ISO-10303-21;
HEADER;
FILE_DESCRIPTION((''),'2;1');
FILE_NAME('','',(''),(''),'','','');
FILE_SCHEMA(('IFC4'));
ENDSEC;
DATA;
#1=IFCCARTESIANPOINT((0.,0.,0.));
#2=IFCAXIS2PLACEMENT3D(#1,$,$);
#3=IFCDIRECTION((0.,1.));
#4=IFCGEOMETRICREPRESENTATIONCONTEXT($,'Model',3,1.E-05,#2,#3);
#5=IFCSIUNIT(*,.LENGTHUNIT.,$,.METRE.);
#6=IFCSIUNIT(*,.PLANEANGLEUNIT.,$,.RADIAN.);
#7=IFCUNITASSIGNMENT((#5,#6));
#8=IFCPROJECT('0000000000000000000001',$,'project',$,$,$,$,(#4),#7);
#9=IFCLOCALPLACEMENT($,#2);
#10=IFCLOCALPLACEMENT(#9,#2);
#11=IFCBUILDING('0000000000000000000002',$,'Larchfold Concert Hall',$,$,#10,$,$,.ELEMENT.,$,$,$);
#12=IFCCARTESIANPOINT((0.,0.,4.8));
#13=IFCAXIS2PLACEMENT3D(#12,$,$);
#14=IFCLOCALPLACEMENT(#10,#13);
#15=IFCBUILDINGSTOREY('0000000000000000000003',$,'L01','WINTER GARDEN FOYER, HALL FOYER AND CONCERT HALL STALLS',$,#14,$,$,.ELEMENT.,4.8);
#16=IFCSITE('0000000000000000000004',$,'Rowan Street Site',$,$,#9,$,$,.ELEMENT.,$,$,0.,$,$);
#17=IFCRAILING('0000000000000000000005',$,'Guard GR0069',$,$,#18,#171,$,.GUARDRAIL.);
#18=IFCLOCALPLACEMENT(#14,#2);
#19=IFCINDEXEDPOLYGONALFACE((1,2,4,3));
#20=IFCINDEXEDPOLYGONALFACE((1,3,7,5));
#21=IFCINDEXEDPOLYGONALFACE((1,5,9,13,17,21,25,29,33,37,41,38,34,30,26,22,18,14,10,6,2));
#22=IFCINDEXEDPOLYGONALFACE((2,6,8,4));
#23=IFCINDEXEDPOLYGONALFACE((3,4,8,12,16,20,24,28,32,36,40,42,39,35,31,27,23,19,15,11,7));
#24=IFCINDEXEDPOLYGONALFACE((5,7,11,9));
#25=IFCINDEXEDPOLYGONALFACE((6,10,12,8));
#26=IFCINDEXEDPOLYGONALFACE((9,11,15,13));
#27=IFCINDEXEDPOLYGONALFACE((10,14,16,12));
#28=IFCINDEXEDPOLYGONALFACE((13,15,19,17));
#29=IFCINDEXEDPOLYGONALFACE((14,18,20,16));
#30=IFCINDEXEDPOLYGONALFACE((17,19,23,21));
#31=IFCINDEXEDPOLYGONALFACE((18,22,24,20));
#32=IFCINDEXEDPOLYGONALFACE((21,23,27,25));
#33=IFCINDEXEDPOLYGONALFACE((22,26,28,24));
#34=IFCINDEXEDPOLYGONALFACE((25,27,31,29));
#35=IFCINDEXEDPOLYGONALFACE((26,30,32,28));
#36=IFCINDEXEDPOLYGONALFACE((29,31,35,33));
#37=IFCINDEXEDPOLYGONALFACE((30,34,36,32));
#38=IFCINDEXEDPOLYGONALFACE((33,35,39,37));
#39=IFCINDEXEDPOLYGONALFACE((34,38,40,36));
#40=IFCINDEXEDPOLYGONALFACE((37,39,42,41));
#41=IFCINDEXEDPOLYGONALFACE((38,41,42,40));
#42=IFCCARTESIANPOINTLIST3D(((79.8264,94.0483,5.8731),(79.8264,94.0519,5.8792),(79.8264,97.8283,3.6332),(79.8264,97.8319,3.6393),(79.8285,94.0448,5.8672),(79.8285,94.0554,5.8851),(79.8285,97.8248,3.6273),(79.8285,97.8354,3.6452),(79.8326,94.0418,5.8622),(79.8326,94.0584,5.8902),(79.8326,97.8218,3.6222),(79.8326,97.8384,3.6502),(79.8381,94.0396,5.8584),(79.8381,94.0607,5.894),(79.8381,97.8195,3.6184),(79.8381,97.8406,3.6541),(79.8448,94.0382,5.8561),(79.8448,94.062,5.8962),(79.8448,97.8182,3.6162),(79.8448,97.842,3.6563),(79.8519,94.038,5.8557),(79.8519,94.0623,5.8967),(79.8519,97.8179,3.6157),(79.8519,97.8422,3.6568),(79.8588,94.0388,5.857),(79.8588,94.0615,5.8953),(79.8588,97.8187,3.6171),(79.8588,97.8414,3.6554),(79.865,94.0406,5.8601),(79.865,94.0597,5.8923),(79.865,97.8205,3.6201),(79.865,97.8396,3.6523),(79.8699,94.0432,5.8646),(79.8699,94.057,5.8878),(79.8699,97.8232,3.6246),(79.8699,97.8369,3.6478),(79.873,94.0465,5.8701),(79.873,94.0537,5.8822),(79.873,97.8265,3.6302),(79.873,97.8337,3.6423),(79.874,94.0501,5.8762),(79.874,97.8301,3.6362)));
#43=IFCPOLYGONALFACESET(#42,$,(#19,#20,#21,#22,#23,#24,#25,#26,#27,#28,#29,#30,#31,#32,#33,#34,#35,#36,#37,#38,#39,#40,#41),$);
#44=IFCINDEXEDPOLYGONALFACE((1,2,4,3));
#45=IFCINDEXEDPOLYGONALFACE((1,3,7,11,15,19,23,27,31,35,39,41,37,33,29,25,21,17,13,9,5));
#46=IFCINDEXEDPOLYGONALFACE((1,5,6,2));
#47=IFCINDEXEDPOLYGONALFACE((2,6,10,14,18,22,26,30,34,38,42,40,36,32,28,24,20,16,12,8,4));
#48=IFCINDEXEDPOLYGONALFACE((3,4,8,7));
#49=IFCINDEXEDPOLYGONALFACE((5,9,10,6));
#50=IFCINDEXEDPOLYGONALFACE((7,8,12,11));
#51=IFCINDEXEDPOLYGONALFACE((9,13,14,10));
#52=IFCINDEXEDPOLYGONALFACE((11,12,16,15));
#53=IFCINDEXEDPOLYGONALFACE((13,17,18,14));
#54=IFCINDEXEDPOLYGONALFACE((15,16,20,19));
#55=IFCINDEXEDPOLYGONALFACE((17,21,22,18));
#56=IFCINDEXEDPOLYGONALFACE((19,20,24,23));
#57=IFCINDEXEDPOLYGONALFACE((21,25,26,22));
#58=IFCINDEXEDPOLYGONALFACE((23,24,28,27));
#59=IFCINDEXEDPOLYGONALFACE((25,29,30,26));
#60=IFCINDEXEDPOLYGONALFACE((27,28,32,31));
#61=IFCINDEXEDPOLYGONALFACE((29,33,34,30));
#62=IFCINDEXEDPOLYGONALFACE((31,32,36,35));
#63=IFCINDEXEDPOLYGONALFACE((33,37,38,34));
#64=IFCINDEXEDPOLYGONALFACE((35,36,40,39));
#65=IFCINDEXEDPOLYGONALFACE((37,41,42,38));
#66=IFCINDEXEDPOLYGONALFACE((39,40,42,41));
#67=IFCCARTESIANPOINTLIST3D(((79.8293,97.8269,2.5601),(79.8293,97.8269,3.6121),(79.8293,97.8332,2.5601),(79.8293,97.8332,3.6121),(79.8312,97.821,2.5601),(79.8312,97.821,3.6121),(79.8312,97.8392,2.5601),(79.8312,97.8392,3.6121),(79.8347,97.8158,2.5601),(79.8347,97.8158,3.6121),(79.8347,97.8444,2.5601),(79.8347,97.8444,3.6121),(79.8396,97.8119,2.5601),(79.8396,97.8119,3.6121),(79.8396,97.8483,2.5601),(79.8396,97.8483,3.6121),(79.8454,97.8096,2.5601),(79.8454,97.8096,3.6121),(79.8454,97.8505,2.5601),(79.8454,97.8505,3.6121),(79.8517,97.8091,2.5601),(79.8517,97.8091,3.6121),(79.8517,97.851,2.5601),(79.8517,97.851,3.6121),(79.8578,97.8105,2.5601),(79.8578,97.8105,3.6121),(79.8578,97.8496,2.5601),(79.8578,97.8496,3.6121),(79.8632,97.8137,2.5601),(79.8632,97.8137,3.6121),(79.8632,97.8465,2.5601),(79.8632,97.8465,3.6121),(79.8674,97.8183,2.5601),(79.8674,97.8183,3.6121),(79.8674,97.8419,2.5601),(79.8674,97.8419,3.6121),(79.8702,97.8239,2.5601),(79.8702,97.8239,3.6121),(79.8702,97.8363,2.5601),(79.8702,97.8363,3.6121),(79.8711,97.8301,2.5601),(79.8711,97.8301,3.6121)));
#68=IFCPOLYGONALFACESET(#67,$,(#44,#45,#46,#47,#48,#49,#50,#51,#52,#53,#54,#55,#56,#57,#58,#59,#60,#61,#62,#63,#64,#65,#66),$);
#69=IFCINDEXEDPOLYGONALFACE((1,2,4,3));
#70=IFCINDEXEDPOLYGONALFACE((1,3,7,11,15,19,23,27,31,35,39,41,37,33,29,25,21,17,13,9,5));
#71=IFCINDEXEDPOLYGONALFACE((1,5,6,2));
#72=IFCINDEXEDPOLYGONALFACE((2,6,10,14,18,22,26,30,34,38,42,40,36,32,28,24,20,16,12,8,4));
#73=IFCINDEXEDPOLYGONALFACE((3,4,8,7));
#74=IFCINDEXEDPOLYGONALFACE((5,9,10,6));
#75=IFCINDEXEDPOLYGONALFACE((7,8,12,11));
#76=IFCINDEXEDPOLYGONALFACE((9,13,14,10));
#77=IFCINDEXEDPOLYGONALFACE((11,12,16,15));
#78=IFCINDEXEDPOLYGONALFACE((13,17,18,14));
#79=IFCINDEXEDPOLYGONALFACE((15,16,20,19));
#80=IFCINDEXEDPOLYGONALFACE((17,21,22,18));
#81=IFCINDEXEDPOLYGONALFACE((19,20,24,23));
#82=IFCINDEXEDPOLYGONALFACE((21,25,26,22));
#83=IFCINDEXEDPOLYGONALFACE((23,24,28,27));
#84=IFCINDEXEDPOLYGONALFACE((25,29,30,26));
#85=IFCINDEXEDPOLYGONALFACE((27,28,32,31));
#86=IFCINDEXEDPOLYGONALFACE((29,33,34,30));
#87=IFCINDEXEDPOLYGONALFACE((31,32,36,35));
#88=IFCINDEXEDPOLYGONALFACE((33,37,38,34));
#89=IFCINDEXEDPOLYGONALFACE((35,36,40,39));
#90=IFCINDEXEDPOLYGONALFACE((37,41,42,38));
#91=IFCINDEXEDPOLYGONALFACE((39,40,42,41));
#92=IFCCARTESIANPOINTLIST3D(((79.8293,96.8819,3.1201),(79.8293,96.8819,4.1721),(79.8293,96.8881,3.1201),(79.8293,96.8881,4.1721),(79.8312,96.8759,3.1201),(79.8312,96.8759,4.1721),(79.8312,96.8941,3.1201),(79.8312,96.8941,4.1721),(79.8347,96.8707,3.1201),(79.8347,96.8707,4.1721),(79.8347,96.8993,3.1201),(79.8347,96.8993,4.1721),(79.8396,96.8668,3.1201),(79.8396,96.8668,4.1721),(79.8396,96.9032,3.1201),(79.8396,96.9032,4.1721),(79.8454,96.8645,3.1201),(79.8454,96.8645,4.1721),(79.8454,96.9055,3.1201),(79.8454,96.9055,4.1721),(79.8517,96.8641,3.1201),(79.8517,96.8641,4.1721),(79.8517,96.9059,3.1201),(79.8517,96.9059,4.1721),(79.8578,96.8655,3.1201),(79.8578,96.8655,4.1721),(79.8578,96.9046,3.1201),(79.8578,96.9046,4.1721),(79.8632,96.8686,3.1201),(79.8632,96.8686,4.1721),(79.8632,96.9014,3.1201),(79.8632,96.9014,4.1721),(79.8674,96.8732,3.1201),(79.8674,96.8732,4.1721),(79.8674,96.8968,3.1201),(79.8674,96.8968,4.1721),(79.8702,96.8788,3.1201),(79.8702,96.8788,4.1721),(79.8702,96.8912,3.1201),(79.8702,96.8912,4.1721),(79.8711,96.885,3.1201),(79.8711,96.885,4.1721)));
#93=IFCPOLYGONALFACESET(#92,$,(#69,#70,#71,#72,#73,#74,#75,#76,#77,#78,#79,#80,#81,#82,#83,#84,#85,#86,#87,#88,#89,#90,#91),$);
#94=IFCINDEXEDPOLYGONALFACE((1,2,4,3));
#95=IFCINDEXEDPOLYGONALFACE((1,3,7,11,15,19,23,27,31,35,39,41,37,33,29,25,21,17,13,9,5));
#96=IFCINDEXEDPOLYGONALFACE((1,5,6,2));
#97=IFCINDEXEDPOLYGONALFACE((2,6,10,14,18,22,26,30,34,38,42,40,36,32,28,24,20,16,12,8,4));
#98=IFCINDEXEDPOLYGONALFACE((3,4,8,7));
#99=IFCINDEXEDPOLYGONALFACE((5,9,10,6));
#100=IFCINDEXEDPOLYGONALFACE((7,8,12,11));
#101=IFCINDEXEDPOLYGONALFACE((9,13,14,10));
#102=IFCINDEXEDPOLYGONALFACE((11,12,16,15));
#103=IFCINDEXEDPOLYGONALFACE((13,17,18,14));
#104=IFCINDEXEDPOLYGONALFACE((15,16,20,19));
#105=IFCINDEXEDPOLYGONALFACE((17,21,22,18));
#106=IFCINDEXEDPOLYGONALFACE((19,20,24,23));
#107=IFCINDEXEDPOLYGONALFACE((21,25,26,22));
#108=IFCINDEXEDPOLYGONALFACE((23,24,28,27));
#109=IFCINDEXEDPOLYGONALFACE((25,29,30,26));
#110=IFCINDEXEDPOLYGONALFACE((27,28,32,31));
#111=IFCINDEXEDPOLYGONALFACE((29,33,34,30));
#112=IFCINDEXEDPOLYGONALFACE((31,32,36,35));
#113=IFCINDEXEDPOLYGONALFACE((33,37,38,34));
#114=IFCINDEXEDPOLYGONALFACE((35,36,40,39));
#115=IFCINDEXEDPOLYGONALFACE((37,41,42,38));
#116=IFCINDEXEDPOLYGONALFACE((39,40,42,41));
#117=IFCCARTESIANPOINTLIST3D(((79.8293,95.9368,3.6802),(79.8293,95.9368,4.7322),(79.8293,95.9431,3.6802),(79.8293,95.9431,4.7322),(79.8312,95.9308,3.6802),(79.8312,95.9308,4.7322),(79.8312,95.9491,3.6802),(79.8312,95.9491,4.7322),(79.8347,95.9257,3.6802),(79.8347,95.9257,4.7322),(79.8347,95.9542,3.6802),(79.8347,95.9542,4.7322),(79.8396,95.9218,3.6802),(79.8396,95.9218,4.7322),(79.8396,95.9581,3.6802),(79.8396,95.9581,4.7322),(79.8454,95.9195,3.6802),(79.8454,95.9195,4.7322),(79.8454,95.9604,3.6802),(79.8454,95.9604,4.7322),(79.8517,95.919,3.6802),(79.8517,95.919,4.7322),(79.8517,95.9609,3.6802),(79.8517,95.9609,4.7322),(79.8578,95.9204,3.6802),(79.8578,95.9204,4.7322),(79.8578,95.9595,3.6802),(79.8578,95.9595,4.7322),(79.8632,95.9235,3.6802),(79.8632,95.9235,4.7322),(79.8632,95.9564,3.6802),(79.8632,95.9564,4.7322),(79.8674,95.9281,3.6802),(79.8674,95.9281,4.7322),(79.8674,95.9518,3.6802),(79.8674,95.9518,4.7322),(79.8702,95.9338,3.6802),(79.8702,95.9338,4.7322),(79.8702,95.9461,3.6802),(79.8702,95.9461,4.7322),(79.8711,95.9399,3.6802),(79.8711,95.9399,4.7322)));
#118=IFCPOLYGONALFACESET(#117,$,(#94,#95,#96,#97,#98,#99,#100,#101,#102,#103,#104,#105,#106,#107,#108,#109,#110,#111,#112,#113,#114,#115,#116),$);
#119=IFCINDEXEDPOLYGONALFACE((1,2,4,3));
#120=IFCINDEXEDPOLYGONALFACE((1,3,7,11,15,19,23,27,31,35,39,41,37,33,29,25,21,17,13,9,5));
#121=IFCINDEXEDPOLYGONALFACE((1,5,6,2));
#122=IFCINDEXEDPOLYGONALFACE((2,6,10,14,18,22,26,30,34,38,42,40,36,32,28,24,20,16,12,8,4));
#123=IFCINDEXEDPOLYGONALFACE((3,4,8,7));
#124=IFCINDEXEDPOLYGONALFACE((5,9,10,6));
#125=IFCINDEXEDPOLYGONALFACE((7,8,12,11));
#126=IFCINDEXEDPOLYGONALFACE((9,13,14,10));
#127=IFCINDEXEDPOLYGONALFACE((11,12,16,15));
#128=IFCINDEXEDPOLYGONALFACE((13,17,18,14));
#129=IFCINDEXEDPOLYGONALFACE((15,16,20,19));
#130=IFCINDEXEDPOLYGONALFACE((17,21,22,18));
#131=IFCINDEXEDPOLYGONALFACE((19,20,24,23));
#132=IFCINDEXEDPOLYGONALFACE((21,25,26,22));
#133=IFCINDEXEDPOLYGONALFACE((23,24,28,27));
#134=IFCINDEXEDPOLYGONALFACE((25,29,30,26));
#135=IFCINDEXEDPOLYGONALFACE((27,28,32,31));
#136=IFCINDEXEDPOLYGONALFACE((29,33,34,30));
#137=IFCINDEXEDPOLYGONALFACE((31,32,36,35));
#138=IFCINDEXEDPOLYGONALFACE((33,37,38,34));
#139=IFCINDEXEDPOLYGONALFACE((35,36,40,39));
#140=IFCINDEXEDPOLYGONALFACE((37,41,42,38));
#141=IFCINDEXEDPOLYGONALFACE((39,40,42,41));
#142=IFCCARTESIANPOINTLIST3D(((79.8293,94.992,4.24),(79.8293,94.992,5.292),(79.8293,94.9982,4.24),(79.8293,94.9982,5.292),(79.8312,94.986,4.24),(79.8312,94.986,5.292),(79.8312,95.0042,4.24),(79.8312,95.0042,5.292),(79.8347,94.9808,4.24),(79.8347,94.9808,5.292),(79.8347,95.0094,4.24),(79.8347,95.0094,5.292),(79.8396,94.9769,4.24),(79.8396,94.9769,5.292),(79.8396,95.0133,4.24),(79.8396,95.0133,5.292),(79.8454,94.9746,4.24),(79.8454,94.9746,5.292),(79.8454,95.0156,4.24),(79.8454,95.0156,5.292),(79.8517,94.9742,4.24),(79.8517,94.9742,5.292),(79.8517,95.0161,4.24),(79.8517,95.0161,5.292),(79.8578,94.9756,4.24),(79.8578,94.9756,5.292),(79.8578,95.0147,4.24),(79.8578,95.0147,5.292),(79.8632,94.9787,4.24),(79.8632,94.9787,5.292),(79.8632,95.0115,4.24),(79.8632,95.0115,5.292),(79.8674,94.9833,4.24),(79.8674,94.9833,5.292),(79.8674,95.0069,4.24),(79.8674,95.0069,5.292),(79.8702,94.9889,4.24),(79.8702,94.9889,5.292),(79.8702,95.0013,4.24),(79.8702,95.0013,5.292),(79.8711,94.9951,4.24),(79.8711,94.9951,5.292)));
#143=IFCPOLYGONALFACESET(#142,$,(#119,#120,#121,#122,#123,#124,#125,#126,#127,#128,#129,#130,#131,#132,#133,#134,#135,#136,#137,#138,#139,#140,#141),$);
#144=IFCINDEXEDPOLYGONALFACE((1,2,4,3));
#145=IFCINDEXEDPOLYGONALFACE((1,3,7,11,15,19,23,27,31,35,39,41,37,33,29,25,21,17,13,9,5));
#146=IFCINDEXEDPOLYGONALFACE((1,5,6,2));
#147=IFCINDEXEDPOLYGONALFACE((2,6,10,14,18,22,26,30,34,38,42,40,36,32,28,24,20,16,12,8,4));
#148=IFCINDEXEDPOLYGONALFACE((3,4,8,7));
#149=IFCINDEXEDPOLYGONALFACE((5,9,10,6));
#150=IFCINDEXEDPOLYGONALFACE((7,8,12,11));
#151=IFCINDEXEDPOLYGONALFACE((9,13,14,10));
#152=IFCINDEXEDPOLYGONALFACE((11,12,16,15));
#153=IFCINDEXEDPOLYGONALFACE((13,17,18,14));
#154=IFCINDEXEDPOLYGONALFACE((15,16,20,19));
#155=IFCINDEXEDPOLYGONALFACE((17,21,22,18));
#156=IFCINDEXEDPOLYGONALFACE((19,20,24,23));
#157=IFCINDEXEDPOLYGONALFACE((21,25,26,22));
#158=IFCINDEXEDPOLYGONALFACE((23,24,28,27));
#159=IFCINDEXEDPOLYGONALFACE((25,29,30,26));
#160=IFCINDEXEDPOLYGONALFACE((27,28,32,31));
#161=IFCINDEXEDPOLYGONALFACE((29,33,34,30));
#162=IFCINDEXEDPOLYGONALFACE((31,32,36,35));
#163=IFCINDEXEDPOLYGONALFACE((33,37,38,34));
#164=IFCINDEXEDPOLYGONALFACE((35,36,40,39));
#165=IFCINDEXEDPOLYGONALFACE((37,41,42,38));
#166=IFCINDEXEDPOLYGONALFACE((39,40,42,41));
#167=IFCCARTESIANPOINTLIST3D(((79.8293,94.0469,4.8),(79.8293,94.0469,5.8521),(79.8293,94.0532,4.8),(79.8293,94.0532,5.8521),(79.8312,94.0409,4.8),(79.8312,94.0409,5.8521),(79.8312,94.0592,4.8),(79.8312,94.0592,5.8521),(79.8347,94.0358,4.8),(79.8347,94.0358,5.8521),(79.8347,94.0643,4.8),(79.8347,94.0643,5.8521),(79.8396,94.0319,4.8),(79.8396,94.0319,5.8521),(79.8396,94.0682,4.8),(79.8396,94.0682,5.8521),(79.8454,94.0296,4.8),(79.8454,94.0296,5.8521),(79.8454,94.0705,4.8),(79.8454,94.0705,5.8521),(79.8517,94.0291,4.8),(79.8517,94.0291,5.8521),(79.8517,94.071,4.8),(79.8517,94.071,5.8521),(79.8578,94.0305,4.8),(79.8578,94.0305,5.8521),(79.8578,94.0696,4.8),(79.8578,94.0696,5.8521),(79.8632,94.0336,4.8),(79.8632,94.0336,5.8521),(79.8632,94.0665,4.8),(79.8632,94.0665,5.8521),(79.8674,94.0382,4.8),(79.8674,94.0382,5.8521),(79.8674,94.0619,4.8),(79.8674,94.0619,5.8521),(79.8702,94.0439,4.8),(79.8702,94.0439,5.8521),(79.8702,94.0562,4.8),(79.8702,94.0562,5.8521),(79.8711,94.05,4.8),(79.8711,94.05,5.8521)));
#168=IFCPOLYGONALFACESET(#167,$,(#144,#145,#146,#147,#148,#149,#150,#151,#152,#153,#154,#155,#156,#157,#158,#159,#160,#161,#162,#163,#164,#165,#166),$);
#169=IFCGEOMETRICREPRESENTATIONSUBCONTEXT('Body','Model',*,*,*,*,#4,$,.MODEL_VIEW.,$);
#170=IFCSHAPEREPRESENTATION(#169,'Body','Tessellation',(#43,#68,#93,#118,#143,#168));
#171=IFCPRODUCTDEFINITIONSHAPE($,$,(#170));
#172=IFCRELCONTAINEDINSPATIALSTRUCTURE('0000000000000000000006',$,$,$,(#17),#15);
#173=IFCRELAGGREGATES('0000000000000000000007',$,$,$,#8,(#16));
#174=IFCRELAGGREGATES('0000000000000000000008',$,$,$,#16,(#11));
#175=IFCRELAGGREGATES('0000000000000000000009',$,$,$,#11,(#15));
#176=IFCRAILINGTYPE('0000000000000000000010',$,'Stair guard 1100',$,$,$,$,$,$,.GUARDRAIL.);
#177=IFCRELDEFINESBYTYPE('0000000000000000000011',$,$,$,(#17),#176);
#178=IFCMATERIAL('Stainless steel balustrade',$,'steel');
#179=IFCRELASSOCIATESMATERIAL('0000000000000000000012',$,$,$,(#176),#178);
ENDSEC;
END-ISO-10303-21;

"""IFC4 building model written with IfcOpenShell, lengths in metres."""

from ifc_helpers import new_model, si_unit, direction, frame, origin, origin_2d, place, context, subcontext, project, spatial, circle, extrude, material, type_object, element, save


model = new_model("IFC4")

# Units and contexts
model_context = context("Model", 3, precision=1e-05, world=origin(), true_north=direction((0.0, 1.0)))
body_context = subcontext(model_context, "Body", "Model", "MODEL_VIEW")
ifc_project = project(units=[si_unit("LENGTHUNIT", "METRE"), si_unit("PLANEANGLEUNIT", "RADIAN")], contexts=[model_context])

# Site, building, storey
site_placement = place(None, origin())
site = spatial("IfcSite", under=ifc_project, at=site_placement, Name="Rowan Street Site", CompositionType="ELEMENT", RefElevation=0.0)
building_placement = place(site_placement, origin())
building = spatial("IfcBuilding", under=site, at=building_placement, Name="Larchfold Concert Hall", CompositionType="ELEMENT")
storey_placement = place(building_placement, frame((0.0, 0.0, 4.8)))
storey = spatial("IfcBuildingStorey", under=building, at=storey_placement, Name="L01", Description="WINTER GARDEN FOYER, HALL FOYER AND CONCERT HALL STALLS", CompositionType="ELEMENT", Elevation=4.8)

# Railing
ifc_material_1 = material(Name="Stainless steel balustrade", Category="steel")
railing_type_1 = type_object("IfcRailingType", Name="Stair guard 1100", PredefinedType="GUARDRAIL", material=ifc_material_1)
railing_1_placement = place(storey_placement, frame((79.8501, 97.8301, 2.5601)))
element("IfcRailing", 1, at=railing_1_placement, inside=storey, type_object=railing_type_1, Name="Guard GR0069", PredefinedType="GUARDRAIL", context=body_context, shape_type="SweptSolid", body=[
    extrude(circle(Radius=0.0239, at=origin_2d()), frame((0.0, 0.0, 1.0762), z_axis=(0.0, -0.860294, 0.509798), x_axis=(1.0, 0.0, 0.0)), (0.0, 0.0, 1.0), 4.3938),
    extrude(circle(Radius=0.021, at=origin_2d()), origin(), (0.0, 0.0, 1.0), 1.052),
    extrude(circle(Radius=0.021, at=origin_2d()), frame((0.0, -0.9451, 0.5601)), (0.0, 0.0, 1.0), 1.052),
    extrude(circle(Radius=0.021, at=origin_2d()), frame((0.0, -1.8901, 1.1201)), (0.0, 0.0, 1.0), 1.052),
    extrude(circle(Radius=0.021, at=origin_2d()), frame((0.0, -2.835, 1.6799)), (0.0, 0.0, 1.0), 1.052),
    extrude(circle(Radius=0.021, at=origin_2d()), frame((0.0, -3.78, 2.24)), (0.0, 0.0, 1.0), 1.052),
])

save(model, "model.ifc")
